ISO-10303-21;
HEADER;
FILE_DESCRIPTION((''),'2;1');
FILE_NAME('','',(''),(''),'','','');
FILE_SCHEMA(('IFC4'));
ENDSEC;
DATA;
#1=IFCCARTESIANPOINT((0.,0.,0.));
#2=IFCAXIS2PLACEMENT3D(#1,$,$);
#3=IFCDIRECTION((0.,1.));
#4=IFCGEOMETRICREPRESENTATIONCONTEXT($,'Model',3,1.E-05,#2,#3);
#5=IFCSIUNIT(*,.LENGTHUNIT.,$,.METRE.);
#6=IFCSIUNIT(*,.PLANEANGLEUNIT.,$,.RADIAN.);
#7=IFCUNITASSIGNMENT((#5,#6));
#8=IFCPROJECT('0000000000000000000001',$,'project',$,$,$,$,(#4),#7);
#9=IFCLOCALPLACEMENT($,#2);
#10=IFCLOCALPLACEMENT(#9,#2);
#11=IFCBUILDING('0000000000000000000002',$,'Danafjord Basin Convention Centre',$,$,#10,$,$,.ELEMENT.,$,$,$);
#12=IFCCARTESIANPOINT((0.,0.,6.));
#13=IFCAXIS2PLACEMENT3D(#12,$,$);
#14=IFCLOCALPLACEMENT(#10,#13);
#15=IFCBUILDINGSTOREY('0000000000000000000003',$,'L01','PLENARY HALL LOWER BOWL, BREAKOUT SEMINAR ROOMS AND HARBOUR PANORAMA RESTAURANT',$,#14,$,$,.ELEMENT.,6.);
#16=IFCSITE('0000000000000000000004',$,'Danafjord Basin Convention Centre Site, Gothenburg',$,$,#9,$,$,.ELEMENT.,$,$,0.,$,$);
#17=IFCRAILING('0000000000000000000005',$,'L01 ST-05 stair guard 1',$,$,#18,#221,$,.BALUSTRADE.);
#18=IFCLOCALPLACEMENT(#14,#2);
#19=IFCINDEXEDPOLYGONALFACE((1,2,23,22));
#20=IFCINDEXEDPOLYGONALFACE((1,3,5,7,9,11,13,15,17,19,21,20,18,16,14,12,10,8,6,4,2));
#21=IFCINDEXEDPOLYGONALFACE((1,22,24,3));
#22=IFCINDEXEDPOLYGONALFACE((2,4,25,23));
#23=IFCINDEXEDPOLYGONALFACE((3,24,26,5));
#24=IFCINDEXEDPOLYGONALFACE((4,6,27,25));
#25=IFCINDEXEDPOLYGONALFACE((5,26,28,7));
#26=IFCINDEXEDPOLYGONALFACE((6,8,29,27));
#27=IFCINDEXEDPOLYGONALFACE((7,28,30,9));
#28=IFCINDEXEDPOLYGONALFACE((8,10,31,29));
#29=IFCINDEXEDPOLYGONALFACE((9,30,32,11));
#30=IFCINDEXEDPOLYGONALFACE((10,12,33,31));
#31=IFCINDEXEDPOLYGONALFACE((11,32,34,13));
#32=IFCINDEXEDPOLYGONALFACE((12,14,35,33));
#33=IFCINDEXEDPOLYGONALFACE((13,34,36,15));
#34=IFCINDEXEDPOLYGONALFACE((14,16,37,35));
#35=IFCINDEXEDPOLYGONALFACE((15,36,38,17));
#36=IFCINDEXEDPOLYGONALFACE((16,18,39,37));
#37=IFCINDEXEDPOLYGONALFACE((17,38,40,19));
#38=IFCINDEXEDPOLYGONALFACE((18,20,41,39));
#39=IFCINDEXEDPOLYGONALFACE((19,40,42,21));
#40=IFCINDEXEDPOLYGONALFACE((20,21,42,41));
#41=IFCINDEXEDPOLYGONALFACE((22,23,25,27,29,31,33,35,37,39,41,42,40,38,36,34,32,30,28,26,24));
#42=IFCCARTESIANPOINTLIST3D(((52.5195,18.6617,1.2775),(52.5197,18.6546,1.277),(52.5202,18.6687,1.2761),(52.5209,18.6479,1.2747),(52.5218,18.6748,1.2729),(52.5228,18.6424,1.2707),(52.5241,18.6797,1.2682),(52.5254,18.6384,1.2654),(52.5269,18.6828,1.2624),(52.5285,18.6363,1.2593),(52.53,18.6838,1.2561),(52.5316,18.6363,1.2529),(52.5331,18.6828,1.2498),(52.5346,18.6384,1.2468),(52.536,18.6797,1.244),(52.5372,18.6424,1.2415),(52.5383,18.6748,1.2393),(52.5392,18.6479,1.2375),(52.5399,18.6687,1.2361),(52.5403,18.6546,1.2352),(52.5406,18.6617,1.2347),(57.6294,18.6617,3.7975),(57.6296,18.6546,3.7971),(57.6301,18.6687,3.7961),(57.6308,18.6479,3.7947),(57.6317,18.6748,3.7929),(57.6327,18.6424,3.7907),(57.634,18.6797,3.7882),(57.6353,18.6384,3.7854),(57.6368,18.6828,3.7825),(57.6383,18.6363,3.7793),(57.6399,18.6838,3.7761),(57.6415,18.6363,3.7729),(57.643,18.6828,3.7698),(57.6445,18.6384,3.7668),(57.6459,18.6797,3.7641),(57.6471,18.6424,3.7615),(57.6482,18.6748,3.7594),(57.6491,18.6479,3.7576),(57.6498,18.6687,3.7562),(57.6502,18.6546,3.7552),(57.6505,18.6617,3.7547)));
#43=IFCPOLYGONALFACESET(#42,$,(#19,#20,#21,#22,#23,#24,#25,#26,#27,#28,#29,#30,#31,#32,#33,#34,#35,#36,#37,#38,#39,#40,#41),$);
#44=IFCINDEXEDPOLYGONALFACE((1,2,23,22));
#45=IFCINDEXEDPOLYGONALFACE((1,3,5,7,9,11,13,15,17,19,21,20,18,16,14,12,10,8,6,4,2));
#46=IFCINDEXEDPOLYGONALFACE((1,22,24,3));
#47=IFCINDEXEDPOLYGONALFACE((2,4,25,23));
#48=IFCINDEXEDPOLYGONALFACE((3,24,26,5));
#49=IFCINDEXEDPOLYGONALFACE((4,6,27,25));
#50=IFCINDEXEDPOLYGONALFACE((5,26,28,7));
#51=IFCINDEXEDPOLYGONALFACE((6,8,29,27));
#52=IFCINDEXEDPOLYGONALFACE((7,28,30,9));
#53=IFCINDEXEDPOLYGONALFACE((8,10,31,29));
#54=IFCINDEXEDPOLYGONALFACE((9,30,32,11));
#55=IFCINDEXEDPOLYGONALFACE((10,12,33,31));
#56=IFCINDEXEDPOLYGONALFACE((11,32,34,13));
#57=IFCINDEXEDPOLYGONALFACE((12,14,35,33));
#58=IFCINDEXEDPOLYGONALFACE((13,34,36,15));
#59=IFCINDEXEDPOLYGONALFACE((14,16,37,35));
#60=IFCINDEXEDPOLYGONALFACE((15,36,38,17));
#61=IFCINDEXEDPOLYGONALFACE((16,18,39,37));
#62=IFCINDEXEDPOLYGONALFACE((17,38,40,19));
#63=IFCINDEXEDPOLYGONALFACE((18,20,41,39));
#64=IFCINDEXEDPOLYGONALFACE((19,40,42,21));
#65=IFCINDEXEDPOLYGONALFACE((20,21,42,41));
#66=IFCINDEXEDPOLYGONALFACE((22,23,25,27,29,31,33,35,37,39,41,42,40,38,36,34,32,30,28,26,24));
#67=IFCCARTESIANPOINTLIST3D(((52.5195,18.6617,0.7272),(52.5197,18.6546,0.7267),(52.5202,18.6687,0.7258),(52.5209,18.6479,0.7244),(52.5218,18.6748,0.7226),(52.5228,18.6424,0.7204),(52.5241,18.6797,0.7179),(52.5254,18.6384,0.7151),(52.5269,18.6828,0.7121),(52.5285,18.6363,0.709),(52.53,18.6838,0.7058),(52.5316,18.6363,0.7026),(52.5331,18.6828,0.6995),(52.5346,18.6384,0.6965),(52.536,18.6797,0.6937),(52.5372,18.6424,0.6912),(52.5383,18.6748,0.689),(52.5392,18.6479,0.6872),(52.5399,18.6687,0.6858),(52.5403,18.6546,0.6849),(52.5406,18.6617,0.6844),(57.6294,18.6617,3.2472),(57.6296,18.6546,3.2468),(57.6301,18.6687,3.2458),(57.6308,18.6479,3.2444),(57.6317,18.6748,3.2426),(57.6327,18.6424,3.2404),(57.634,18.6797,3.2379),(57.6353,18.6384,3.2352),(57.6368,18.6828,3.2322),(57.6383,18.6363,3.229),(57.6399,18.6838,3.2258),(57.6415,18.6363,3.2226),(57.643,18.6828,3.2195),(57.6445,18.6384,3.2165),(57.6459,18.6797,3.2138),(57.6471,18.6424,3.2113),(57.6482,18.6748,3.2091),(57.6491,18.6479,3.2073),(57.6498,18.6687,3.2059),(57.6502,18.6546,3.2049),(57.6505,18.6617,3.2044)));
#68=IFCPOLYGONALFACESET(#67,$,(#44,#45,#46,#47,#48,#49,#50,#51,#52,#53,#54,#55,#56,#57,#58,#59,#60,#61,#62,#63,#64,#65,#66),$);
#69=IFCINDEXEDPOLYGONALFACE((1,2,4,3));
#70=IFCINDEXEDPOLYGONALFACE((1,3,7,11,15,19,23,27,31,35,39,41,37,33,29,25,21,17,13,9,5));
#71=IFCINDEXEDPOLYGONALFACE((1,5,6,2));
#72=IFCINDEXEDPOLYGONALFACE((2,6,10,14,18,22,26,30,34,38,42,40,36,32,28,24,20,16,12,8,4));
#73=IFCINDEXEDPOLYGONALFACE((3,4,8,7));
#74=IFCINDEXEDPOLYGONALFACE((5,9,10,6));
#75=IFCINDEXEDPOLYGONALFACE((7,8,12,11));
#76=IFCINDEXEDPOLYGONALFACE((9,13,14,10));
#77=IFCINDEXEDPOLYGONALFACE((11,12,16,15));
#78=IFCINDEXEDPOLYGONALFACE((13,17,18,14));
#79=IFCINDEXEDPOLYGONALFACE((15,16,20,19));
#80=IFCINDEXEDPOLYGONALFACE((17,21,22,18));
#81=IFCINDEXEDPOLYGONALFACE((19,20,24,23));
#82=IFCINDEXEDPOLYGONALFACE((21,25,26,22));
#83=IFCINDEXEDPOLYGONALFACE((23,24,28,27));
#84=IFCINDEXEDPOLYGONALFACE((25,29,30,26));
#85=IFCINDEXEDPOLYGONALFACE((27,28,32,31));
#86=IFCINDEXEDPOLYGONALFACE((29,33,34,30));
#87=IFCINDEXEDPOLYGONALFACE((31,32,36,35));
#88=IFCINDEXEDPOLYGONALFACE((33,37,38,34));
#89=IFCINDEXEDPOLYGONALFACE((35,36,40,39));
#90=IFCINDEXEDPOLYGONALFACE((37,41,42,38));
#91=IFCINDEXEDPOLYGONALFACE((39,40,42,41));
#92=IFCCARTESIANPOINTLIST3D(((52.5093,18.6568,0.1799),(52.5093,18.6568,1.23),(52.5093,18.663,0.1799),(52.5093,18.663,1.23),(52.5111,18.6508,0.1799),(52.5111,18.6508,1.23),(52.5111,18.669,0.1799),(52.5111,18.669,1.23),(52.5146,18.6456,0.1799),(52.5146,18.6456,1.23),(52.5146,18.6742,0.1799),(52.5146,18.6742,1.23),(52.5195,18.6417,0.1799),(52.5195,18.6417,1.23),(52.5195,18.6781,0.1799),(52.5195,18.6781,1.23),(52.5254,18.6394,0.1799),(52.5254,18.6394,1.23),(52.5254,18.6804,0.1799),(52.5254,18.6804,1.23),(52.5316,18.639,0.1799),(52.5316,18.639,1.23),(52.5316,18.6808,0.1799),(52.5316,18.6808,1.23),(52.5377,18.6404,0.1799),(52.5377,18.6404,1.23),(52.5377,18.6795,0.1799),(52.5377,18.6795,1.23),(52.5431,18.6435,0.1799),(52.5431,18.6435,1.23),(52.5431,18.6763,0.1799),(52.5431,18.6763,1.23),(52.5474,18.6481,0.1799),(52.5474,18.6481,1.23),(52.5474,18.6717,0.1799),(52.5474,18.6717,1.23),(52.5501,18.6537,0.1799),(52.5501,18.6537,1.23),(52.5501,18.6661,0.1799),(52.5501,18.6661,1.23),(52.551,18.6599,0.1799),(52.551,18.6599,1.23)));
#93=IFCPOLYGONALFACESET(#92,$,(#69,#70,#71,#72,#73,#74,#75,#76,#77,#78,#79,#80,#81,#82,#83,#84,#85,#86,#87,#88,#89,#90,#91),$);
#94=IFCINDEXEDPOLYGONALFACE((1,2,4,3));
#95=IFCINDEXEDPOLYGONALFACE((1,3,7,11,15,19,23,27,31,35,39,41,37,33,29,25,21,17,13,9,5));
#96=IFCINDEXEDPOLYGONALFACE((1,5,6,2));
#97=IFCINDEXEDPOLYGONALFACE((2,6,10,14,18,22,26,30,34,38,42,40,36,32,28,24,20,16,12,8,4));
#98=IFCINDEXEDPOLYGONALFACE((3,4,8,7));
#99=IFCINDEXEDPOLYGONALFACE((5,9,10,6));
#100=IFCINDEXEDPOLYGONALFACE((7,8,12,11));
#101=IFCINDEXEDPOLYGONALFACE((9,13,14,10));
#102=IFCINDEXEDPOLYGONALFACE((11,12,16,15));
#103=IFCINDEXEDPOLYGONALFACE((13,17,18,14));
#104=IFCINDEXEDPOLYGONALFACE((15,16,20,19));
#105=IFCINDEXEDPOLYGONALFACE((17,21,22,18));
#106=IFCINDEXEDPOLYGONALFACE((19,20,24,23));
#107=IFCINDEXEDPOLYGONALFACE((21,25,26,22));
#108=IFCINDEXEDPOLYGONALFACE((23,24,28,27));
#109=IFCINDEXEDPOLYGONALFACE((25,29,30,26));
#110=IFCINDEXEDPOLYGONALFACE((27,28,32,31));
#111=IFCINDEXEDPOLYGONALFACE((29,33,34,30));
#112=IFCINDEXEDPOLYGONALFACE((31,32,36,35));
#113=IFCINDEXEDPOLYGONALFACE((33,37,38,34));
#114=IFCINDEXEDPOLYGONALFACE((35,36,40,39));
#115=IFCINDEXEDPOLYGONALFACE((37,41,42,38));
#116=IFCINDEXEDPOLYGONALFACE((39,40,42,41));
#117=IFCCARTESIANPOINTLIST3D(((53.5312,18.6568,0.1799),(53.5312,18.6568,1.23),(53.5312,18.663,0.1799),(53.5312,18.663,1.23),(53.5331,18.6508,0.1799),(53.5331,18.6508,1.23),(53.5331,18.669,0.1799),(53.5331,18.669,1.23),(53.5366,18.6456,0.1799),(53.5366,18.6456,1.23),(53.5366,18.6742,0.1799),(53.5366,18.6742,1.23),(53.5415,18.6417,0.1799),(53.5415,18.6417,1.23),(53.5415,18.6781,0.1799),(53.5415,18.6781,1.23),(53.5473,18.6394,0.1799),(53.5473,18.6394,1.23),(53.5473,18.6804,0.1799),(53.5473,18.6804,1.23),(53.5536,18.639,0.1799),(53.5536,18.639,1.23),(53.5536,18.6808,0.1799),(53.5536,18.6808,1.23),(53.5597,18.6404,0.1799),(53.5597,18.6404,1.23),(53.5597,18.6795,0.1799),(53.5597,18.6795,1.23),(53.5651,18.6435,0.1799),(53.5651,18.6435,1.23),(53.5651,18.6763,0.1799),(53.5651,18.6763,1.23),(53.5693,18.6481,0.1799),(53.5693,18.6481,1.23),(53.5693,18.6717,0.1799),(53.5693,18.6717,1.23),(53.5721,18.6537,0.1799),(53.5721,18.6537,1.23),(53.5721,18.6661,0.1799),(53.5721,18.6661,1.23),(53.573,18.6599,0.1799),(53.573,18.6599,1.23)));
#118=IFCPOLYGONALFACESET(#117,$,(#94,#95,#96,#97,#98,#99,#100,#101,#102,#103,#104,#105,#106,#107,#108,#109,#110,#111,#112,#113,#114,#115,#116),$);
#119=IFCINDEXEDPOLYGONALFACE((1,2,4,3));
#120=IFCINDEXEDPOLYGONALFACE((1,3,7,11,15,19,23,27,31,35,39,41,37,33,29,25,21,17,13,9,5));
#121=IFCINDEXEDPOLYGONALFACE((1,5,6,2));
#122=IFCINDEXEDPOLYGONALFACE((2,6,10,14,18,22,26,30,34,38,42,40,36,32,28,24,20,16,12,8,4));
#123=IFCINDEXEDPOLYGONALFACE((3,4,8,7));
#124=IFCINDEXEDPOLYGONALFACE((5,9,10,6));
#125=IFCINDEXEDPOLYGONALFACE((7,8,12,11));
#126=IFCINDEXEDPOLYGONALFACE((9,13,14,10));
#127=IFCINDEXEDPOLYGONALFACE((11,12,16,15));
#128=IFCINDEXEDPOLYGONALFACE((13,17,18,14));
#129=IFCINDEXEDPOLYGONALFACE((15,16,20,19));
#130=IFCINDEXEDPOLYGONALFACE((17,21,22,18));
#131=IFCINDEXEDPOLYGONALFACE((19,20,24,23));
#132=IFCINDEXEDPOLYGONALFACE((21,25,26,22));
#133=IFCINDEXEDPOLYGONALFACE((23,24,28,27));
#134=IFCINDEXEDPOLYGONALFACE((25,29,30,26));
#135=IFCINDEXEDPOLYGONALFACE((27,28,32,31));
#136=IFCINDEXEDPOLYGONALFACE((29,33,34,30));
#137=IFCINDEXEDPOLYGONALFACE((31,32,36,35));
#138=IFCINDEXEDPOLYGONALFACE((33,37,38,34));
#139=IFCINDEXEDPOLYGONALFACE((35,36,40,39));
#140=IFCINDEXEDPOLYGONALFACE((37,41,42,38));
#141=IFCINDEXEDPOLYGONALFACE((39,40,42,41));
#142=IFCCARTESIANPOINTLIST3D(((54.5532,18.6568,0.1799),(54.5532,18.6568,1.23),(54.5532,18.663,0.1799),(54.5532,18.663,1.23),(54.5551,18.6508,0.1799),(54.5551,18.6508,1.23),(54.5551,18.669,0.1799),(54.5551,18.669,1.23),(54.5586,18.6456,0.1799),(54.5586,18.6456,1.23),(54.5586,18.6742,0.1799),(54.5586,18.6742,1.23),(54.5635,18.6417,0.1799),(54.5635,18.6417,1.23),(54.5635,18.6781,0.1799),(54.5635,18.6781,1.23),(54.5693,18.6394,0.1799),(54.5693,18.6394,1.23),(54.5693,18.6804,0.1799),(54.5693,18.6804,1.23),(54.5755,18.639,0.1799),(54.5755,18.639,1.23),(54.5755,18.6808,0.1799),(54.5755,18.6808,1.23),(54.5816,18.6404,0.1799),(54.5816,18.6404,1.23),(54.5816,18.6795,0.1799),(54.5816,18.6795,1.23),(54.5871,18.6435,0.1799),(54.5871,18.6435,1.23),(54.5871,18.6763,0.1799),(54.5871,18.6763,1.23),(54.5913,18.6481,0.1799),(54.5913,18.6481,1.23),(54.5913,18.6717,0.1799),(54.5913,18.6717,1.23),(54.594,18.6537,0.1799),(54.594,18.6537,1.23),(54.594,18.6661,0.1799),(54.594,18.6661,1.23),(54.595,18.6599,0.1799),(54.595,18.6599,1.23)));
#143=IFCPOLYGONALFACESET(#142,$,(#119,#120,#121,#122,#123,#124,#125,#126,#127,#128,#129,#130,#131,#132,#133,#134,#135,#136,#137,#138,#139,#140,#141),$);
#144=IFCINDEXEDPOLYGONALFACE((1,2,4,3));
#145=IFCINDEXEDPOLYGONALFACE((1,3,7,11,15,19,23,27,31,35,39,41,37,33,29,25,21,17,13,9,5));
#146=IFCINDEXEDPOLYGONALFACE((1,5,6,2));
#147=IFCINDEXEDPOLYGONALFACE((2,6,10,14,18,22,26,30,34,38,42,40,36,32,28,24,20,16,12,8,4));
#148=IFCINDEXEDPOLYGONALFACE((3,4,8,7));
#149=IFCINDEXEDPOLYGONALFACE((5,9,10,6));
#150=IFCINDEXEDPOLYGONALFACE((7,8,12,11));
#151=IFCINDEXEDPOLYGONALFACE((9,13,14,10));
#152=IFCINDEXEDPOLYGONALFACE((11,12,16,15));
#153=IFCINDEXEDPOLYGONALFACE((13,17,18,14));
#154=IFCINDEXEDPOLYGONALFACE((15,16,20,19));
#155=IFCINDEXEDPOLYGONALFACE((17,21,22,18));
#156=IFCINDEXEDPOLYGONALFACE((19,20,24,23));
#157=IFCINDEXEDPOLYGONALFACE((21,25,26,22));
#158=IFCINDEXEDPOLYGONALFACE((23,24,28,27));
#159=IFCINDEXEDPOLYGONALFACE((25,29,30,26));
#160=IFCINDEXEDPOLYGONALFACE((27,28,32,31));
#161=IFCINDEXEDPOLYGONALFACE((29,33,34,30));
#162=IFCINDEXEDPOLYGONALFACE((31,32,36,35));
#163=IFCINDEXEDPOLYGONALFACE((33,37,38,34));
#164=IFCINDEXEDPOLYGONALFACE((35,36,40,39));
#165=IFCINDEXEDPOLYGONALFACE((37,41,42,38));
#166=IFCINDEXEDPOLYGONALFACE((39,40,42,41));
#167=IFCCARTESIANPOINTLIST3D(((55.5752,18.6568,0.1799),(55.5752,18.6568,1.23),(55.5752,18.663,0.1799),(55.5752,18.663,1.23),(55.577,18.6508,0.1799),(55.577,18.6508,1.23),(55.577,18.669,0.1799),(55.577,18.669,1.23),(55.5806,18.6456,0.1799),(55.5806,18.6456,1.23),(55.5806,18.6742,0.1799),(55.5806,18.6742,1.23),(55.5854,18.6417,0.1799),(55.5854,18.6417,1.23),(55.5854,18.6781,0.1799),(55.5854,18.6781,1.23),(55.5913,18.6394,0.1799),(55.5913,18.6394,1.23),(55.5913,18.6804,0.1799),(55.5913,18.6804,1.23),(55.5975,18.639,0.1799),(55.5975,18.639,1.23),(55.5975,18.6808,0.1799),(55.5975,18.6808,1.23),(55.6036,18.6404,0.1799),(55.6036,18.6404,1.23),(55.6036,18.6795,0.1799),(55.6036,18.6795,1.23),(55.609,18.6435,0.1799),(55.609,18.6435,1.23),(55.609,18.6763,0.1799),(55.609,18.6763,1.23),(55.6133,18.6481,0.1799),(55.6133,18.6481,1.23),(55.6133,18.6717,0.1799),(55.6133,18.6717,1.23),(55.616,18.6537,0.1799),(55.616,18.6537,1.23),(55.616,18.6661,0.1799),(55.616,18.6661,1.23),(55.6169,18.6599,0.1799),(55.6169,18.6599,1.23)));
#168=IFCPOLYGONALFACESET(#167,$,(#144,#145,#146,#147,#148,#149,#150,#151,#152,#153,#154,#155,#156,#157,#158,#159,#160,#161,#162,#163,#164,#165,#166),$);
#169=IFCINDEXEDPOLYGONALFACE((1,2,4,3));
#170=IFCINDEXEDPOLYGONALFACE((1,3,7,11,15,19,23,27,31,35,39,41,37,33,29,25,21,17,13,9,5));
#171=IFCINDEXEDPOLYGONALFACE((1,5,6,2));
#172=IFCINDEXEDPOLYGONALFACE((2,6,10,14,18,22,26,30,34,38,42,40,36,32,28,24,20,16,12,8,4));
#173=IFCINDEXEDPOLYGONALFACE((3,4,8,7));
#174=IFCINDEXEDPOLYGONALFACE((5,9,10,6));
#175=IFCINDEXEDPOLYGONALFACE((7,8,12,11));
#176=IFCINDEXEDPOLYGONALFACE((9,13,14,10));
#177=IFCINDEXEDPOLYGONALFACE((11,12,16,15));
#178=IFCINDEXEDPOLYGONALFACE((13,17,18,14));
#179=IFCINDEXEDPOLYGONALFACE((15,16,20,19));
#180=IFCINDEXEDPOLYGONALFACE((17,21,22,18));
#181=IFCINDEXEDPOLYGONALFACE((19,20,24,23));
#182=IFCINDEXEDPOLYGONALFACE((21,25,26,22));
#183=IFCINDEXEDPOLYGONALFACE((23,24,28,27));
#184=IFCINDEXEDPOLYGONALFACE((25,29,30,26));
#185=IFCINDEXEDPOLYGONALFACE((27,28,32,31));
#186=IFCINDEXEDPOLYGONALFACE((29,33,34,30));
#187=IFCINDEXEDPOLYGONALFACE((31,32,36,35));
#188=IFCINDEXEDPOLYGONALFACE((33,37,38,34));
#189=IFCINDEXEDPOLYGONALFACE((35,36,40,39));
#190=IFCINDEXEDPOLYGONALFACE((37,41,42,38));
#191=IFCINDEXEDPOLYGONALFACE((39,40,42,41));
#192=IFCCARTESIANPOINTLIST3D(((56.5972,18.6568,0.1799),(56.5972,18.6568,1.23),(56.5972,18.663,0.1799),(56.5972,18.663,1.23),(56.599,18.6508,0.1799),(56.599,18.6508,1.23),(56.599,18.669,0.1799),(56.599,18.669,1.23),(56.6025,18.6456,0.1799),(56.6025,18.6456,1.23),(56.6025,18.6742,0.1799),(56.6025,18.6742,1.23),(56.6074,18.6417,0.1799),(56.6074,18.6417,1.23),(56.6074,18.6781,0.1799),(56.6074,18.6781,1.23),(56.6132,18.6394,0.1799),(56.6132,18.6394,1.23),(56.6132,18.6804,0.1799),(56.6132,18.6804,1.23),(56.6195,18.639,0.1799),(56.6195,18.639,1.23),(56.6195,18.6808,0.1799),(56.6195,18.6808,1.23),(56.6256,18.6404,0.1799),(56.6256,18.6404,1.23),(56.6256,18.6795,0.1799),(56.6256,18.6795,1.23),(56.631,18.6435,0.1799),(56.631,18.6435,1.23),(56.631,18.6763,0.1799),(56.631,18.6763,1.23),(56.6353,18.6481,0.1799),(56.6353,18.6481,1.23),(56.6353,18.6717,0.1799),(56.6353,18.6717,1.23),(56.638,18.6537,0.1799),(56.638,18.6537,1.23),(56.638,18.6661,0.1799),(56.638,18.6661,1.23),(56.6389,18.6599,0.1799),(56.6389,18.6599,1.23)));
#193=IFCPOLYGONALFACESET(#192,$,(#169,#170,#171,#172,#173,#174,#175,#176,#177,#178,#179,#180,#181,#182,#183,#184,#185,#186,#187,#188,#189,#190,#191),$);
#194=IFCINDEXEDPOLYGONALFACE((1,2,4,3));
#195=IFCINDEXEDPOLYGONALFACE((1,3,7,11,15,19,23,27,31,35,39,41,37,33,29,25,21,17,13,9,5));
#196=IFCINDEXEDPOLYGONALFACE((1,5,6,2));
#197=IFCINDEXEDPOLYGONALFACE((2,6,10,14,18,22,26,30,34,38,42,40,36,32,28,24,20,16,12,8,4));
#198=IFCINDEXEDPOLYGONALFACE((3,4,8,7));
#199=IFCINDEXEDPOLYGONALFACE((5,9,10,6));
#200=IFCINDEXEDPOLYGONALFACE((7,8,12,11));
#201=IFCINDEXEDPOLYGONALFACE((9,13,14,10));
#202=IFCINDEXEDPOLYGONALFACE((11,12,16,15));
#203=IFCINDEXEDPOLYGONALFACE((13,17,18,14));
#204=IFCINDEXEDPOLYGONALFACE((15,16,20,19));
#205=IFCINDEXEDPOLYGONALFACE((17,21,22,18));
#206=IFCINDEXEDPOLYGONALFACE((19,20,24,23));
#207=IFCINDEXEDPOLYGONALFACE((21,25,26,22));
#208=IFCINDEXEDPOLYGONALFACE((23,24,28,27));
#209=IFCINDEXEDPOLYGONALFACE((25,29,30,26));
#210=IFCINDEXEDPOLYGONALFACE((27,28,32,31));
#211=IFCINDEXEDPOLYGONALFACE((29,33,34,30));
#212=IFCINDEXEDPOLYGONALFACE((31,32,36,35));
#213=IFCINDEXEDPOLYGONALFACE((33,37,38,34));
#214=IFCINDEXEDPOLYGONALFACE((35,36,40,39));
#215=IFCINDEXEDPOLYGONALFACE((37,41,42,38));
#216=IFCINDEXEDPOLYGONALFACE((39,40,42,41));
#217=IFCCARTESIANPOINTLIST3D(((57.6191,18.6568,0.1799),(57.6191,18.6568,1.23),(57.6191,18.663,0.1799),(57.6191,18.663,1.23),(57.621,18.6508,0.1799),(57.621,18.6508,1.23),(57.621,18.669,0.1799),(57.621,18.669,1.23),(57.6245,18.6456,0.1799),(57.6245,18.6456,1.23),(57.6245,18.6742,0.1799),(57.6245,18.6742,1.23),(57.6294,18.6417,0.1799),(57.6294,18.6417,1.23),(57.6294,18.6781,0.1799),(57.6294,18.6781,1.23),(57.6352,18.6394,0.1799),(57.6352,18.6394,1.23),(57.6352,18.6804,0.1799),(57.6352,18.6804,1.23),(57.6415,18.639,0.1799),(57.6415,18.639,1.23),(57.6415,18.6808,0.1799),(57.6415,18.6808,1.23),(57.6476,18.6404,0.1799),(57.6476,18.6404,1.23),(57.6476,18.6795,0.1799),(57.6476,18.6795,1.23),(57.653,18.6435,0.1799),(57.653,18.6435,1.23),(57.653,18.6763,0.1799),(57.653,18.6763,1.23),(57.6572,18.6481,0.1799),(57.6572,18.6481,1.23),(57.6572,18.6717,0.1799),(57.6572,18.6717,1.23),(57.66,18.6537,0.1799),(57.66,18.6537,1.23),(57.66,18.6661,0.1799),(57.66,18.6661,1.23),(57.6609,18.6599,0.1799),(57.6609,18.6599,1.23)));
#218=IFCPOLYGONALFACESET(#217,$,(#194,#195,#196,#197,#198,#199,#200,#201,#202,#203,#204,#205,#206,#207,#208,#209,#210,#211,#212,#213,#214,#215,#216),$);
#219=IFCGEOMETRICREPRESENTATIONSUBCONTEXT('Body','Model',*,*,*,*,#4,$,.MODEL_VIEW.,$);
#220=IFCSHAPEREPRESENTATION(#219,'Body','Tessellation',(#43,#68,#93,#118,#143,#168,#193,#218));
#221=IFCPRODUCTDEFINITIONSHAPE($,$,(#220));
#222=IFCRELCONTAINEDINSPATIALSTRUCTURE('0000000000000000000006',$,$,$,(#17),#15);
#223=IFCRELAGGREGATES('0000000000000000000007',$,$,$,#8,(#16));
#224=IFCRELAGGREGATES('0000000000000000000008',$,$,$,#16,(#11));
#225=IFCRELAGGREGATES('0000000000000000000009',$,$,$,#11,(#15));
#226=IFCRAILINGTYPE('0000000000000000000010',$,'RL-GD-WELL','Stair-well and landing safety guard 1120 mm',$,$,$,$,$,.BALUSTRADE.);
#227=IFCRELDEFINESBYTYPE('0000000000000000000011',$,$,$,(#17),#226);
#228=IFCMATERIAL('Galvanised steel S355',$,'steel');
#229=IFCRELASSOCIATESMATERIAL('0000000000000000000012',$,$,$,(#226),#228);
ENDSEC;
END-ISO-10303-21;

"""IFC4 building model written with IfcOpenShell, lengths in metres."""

from ifc_helpers import new_model, si_unit, direction, frame, origin, origin_2d, place, context, subcontext, project, spatial, circle, extrude, material, type_object, element, save


model = new_model("IFC4")

# Units and contexts
model_context = context("Model", 3, precision=1e-05, world=origin(), true_north=direction((0.0, 1.0)))
body_context = subcontext(model_context, "Body", "Model", "MODEL_VIEW")
ifc_project = project(units=[si_unit("LENGTHUNIT", "METRE"), si_unit("PLANEANGLEUNIT", "RADIAN")], contexts=[model_context])

# Site, building, storey
site_placement = place(None, origin())
site = spatial("IfcSite", under=ifc_project, at=site_placement, Name="Danafjord Basin Convention Centre Site, Gothenburg", CompositionType="ELEMENT", RefElevation=0.0)
building_placement = place(site_placement, origin())
building = spatial("IfcBuilding", under=site, at=building_placement, Name="Danafjord Basin Convention Centre", CompositionType="ELEMENT")
storey_placement = place(building_placement, frame((0.0, 0.0, 6.0)))
storey = spatial("IfcBuildingStorey", under=building, at=storey_placement, Name="L01", Description="PLENARY HALL LOWER BOWL, BREAKOUT SEMINAR ROOMS AND HARBOUR PANORAMA RESTAURANT", CompositionType="ELEMENT", Elevation=6.0)

# Railing
ifc_material_1 = material(Name="Galvanised steel S355", Category="steel")
railing_type_1 = type_object("IfcRailingType", Name="RL-GD-WELL", Description="Stair-well and landing safety guard 1120 mm", PredefinedType="BALUSTRADE", material=ifc_material_1)
railing_1_placement = place(storey_placement, frame((52.53, 18.6599, 0.1799)))
element("IfcRailing", 1, at=railing_1_placement, inside=storey, type_object=railing_type_1, Name="L01 ST-05 stair guard 1", PredefinedType="BALUSTRADE", context=body_context, shape_type="SweptSolid", body=[
    extrude(circle(Radius=0.0239, at=origin_2d()), frame((0.0, 0.0, 1.0762), z_axis=(0.896865, 0.0, 0.442305), x_axis=(0.0, 1.0, 0.0)), (0.0, 0.0, 1.0), 5.6975),
    extrude(circle(Radius=0.0239, at=origin_2d()), frame((0.0, 0.0, 0.5259), z_axis=(0.896865, 0.0, 0.442305), x_axis=(0.0, 1.0, 0.0)), (0.0, 0.0, 1.0), 5.6975),
    extrude(circle(Radius=0.021, at=origin_2d()), origin(), (0.0, 0.0, 1.0), 1.05),
    extrude(circle(Radius=0.021, at=origin_2d()), frame((1.022, 0.0, 0.0)), (0.0, 0.0, 1.0), 1.05),
    extrude(circle(Radius=0.021, at=origin_2d()), frame((2.0439, 0.0, 0.0)), (0.0, 0.0, 1.0), 1.05),
    extrude(circle(Radius=0.021, at=origin_2d()), frame((3.0659, 0.0, 0.0)), (0.0, 0.0, 1.0), 1.05),
    extrude(circle(Radius=0.021, at=origin_2d()), frame((4.0879, 0.0, 0.0)), (0.0, 0.0, 1.0), 1.05),
    extrude(circle(Radius=0.021, at=origin_2d()), frame((5.1099, 0.0, 0.0)), (0.0, 0.0, 1.0), 1.05),
])

save(model, "model.ifc")
